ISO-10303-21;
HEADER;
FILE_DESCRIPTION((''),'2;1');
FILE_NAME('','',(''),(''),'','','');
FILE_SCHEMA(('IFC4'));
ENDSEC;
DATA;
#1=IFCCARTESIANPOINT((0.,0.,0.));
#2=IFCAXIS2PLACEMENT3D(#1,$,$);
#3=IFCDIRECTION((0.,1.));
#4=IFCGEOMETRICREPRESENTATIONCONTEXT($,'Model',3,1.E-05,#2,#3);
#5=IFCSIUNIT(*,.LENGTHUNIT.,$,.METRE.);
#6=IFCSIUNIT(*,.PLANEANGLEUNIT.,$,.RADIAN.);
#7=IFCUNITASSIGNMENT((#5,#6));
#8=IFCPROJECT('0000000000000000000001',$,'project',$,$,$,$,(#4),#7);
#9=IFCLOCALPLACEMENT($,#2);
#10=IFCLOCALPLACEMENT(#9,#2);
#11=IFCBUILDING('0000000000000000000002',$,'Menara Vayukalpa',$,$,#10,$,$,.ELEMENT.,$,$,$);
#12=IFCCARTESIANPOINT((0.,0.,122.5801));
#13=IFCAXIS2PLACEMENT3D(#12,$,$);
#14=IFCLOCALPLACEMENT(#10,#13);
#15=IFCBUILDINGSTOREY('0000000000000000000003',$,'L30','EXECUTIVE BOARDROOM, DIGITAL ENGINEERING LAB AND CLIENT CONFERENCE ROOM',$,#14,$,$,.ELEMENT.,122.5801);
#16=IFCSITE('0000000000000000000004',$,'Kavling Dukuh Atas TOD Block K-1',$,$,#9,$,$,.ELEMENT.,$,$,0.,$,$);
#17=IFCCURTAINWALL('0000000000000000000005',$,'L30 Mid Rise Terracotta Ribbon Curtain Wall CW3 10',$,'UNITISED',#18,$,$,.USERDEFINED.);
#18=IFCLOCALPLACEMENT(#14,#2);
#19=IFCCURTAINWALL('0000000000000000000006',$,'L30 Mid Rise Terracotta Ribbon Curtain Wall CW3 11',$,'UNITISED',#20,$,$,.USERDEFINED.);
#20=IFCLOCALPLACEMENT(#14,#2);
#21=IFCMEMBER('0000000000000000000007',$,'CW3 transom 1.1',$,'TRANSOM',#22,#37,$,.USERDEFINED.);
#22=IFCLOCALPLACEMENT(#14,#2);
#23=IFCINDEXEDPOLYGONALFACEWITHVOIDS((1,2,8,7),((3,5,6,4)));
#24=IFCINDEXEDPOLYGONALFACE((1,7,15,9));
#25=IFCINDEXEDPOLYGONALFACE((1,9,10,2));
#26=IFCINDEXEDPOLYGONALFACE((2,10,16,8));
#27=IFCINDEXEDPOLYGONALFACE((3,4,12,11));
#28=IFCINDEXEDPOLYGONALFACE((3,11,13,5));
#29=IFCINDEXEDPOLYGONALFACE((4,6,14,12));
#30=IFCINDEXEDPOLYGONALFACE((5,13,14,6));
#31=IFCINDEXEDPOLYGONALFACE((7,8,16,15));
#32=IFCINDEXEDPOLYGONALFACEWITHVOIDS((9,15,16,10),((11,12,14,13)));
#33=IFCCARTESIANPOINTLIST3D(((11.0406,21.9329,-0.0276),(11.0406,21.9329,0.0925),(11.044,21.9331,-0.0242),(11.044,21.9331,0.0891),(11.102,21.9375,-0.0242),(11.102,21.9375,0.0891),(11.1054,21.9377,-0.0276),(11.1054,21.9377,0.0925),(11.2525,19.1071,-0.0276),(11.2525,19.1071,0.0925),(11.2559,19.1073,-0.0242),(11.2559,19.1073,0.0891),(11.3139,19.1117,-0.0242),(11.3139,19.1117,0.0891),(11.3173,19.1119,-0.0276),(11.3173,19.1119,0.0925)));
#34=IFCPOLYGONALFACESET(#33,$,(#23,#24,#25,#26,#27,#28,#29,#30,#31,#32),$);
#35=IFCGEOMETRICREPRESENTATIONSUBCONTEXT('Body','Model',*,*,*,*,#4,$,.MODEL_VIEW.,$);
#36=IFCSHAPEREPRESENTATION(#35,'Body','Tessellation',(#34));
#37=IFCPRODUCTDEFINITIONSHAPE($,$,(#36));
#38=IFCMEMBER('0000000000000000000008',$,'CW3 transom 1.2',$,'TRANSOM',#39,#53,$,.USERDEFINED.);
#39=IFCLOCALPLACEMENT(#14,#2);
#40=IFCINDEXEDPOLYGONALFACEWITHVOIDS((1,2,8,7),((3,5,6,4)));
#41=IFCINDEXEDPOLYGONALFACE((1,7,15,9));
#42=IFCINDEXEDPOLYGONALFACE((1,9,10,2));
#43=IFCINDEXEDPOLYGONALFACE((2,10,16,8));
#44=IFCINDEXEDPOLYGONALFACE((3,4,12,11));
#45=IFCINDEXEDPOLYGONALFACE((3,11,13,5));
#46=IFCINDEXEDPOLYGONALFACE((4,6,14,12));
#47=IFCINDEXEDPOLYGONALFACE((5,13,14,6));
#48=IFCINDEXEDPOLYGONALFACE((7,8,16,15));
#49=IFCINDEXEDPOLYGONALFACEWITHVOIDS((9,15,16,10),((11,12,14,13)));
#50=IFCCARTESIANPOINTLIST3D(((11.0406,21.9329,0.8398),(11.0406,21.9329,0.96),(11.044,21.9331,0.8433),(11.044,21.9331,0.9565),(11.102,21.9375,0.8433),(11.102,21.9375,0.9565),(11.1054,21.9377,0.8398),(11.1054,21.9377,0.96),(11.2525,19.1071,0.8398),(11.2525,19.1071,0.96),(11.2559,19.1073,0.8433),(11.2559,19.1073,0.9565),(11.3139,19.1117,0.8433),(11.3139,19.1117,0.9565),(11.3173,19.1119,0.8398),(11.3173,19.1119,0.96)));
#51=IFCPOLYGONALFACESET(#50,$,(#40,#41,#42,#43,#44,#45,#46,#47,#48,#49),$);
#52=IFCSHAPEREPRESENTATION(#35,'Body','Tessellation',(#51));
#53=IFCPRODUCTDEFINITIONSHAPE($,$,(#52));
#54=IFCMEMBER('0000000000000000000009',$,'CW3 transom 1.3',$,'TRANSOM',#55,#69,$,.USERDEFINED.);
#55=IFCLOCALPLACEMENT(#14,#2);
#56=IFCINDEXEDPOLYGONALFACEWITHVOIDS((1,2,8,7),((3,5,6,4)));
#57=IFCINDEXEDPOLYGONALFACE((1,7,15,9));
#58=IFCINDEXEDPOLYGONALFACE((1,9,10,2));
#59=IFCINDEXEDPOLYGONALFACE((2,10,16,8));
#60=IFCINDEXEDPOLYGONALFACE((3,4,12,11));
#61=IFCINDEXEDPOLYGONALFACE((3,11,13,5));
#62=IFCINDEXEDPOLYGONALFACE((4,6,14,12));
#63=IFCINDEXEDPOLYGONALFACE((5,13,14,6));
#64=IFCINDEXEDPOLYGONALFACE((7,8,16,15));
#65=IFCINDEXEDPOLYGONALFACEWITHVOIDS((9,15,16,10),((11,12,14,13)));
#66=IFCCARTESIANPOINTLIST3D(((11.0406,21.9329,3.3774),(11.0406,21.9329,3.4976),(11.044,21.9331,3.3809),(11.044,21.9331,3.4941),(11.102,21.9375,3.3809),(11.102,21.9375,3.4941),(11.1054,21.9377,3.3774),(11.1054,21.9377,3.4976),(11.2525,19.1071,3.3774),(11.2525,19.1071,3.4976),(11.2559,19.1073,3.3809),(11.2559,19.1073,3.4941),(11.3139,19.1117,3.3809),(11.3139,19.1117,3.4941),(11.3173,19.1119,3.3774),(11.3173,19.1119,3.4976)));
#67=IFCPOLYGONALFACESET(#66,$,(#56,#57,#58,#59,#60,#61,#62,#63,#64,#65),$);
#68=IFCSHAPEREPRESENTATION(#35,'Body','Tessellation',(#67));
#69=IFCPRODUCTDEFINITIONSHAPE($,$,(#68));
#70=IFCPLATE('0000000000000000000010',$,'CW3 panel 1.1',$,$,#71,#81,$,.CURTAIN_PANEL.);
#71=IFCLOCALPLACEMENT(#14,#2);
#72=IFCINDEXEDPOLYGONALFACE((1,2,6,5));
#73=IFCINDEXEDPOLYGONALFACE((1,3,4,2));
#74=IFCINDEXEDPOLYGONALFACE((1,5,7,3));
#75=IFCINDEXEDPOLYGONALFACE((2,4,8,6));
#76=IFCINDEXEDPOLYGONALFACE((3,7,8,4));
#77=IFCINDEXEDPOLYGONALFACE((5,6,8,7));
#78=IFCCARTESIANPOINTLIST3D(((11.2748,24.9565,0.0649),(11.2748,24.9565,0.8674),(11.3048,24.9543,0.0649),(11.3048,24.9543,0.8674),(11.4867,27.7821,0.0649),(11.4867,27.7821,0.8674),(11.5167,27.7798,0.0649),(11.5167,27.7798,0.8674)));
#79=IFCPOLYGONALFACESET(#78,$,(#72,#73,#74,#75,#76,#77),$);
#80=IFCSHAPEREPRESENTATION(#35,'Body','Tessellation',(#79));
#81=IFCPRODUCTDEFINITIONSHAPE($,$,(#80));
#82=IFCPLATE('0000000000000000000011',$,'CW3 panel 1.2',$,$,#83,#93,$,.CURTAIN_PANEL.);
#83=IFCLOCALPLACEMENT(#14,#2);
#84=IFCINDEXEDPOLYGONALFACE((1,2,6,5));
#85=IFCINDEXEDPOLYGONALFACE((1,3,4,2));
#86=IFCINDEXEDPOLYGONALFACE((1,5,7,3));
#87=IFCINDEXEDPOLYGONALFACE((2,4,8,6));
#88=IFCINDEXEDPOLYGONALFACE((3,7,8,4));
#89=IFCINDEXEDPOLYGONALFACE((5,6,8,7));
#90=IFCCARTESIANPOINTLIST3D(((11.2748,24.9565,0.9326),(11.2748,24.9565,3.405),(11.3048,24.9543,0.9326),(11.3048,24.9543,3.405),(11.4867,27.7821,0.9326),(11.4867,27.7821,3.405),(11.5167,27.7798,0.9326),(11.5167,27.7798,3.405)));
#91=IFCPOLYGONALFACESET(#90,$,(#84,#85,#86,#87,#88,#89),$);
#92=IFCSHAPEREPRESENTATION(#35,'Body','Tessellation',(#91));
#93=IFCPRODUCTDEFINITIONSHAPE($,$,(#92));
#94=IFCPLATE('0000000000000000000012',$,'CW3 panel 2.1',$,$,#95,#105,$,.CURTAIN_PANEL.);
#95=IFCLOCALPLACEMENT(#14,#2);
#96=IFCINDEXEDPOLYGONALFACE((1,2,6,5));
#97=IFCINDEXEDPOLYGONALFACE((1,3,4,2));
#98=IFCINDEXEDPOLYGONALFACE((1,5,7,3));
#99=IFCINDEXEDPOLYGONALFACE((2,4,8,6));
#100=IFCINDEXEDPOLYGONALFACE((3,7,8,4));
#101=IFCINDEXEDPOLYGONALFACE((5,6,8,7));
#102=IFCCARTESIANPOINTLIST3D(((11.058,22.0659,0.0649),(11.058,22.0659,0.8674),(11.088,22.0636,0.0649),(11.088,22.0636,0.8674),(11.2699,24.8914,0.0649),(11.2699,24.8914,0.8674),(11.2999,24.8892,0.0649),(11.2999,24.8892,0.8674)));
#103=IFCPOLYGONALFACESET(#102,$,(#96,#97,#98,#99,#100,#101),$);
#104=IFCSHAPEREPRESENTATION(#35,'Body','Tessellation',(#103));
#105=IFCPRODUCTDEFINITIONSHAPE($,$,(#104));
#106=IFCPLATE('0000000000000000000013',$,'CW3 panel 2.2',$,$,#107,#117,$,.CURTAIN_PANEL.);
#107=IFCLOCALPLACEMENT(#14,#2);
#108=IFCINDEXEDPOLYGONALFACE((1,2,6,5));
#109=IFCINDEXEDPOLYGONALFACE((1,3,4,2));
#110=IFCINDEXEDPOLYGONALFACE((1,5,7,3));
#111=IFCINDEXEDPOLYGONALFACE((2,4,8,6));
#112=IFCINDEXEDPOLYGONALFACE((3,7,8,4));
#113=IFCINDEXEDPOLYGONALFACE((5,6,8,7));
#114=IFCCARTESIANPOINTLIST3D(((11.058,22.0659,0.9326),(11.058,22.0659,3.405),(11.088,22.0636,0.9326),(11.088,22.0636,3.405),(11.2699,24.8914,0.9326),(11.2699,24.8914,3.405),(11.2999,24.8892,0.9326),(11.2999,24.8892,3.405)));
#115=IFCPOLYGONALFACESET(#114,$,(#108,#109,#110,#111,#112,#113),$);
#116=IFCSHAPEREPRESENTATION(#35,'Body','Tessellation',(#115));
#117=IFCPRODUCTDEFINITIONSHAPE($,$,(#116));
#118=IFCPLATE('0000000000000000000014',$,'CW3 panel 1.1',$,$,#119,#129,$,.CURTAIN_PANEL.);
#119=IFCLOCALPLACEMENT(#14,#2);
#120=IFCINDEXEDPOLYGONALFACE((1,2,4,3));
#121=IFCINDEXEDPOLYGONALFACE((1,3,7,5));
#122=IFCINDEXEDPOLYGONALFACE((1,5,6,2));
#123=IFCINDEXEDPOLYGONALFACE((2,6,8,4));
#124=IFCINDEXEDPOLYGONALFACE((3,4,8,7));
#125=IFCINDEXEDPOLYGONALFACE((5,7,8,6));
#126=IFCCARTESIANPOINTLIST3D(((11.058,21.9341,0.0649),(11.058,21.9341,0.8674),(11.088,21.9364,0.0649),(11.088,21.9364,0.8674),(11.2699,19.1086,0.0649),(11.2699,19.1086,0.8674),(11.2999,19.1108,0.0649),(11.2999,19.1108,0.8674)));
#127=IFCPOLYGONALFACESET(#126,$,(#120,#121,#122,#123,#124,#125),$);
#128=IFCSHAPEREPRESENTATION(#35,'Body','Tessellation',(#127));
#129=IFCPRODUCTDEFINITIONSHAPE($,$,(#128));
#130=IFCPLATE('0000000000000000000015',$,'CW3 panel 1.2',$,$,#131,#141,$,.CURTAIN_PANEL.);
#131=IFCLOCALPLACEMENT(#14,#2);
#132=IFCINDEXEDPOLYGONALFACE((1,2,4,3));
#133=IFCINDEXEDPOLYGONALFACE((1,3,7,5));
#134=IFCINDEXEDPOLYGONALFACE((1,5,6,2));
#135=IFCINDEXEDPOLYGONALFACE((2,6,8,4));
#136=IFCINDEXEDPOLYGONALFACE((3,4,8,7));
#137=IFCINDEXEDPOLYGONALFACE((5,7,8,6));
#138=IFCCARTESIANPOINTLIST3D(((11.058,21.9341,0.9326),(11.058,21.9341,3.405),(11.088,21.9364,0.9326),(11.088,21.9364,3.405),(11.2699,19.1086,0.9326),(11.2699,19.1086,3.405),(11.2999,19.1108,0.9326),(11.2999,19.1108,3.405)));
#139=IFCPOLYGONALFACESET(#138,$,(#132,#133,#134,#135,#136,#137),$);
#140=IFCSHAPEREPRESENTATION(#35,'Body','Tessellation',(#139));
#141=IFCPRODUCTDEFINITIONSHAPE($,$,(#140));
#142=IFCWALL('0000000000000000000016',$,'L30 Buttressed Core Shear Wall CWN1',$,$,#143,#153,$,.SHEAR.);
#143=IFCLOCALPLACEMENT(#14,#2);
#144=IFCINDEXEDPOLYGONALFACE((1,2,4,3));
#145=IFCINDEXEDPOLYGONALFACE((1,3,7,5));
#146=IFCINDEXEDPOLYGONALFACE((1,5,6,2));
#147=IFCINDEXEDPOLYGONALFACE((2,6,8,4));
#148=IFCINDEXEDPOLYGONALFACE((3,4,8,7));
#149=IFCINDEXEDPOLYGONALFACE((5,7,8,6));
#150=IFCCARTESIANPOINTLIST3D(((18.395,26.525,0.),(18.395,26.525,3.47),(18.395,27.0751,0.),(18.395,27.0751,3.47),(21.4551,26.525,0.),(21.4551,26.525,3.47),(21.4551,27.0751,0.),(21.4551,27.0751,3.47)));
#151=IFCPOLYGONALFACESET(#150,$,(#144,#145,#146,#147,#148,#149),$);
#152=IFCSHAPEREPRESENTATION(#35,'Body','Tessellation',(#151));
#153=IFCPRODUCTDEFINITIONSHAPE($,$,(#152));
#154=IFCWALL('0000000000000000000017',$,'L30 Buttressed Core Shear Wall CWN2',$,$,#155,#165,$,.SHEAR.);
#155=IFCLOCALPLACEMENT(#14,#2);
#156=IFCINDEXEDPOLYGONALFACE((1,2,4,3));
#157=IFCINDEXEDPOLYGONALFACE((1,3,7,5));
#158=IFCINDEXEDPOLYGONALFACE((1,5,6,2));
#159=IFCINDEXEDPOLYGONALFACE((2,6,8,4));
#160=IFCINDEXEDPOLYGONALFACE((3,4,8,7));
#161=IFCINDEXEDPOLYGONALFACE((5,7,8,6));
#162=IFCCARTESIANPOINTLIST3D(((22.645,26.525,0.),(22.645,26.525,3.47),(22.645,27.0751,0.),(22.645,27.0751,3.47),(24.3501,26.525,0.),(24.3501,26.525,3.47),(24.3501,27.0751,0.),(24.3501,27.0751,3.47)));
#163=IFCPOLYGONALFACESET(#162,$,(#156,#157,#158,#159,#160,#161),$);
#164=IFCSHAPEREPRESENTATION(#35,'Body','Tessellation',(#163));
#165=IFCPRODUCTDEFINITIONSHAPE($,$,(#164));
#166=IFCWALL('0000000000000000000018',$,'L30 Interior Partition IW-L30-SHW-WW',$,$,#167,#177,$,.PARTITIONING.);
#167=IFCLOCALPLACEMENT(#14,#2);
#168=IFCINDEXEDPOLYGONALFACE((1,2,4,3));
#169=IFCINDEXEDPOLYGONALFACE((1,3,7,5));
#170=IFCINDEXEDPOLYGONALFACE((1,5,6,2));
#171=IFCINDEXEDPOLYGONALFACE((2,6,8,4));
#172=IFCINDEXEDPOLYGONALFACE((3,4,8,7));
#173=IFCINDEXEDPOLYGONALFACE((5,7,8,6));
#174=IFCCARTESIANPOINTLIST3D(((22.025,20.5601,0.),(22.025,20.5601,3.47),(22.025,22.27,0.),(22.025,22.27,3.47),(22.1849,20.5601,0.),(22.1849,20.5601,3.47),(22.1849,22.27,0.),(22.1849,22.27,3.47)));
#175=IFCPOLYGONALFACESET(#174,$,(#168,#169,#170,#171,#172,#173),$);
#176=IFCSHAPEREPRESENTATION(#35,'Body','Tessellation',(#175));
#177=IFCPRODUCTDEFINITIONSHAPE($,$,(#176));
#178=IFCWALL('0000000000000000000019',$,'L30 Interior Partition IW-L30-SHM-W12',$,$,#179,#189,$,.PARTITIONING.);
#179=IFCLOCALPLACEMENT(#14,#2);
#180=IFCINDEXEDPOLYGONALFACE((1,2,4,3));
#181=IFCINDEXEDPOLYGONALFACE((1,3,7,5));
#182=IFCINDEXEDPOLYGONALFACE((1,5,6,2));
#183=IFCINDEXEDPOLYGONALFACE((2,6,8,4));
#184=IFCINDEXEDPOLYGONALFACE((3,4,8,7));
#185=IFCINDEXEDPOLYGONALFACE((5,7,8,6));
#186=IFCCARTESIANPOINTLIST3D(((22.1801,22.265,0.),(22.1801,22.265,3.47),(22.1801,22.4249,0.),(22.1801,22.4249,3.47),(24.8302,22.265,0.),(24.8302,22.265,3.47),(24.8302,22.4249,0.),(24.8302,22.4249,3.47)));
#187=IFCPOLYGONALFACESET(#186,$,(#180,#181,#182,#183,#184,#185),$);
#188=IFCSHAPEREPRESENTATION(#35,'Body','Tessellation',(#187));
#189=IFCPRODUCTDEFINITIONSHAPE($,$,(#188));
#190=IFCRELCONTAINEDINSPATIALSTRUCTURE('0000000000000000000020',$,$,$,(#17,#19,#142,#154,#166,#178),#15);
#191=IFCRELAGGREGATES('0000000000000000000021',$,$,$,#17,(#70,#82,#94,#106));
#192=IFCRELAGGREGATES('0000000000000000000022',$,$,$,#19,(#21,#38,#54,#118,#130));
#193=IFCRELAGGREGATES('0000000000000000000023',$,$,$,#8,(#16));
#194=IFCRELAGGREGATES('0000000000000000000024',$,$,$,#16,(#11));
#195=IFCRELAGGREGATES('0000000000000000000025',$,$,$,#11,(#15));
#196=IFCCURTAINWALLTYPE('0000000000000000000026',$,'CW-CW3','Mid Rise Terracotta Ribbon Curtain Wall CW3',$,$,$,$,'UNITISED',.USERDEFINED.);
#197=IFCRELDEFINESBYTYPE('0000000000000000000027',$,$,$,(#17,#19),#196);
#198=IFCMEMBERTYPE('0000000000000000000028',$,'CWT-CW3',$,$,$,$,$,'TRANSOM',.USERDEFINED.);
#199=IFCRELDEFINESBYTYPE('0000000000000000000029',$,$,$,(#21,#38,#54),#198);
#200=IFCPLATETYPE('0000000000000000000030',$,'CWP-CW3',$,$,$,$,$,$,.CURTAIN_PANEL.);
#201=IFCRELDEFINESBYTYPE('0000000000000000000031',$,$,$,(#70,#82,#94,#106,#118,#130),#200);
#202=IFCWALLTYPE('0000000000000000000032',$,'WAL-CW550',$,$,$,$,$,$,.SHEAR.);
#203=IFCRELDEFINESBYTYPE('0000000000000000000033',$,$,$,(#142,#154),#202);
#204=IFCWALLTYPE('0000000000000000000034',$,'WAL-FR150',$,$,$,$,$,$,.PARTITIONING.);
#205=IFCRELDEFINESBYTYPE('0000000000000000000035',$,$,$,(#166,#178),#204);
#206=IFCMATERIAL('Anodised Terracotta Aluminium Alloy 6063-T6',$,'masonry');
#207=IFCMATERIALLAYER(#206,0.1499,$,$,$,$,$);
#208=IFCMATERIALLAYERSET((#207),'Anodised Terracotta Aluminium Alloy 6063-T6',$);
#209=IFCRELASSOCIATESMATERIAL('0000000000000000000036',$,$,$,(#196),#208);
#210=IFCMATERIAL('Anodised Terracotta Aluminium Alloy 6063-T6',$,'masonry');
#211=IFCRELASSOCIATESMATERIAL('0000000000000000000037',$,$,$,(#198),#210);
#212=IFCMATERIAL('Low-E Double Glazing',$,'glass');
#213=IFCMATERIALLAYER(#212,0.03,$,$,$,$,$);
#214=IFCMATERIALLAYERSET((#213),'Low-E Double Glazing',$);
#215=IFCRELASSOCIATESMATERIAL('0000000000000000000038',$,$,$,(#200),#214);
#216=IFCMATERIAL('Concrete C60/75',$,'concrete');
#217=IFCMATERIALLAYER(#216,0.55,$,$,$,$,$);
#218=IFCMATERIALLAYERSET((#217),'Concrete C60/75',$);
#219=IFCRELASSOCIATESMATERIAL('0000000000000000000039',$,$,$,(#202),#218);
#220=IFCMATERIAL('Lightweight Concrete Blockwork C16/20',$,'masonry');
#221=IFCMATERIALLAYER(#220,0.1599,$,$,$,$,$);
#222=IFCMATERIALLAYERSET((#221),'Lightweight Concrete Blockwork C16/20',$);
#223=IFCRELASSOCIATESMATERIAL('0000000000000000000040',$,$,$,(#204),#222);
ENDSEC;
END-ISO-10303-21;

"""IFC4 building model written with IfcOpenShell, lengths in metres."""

from ifc_helpers import new_model, si_unit, direction, frame, frame_2d, origin, origin_2d, place, context, subcontext, project, spatial, rectangle, hollow_rectangle, extrude, material, layer, layer_set, material_profile, profile_set, type_object, element, aggregate, save


model = new_model("IFC4")

# Units and contexts
model_context = context("Model", 3, precision=1e-05, world=origin(), true_north=direction((0.0, 1.0)))
body_context = subcontext(model_context, "Body", "Model", "MODEL_VIEW")
ifc_project = project(units=[si_unit("LENGTHUNIT", "METRE"), si_unit("PLANEANGLEUNIT", "RADIAN")], contexts=[model_context])

# Site, building, storey
site_placement = place(None, origin())
site = spatial("IfcSite", under=ifc_project, at=site_placement, Name="Kavling Dukuh Atas TOD Block K-1", CompositionType="ELEMENT", RefElevation=0.0)
building_placement = place(site_placement, origin())
building = spatial("IfcBuilding", under=site, at=building_placement, Name="Menara Vayukalpa", CompositionType="ELEMENT")
storey_placement = place(building_placement, frame((0.0, 0.0, 122.5801)))
storey = spatial("IfcBuildingStorey", under=building, at=storey_placement, Name="L30", Description="EXECUTIVE BOARDROOM, DIGITAL ENGINEERING LAB AND CLIENT CONFERENCE ROOM", CompositionType="ELEMENT", Elevation=122.5801)

# Curtain wall
ifc_material_1 = material(Name="Anodised Terracotta Aluminium Alloy 6063-T6", Category="masonry")
ifc_layer_1 = layer(ifc_material_1, 0.1499)
ifc_layer_set_1 = layer_set([ifc_layer_1], Name="Anodised Terracotta Aluminium Alloy 6063-T6")
curtain_wall_type = type_object("IfcCurtainWallType", Name="CW-CW3", Description="Mid Rise Terracotta Ribbon Curtain Wall CW3", ElementType="UNITISED", PredefinedType="USERDEFINED", material=ifc_layer_set_1)
curtain_wall_1_placement = place(storey_placement, origin())
curtain_wall_1 = element("IfcCurtainWall", 1, at=curtain_wall_1_placement, inside=storey, type_object=curtain_wall_type, Name="L30 Mid Rise Terracotta Ribbon Curtain Wall CW3 10", ObjectType="UNITISED", PredefinedType="USERDEFINED")

# Curtain wall
curtain_wall_2_placement = place(storey_placement, origin())
curtain_wall_2 = element("IfcCurtainWall", 2, at=curtain_wall_2_placement, inside=storey, type_object=curtain_wall_type, Name="L30 Mid Rise Terracotta Ribbon Curtain Wall CW3 11", ObjectType="UNITISED", PredefinedType="USERDEFINED")

# Members
ifc_material_2 = material(Name="Anodised Terracotta Aluminium Alloy 6063-T6", Category="masonry")
ifc_material_profile_1 = material_profile(ifc_material_2, hollow_rectangle(XDim=0.0649, YDim=0.1201, WallThickness=0.0034, at=origin_2d()), Name="ALU 65x120x3.5")
ifc_profile_set_1 = profile_set([ifc_material_profile_1], Name="Anodised Terracotta Aluminium Alloy 6063-T6")
member_type_1 = type_object("IfcMemberType", Name="CWT-CW3", ElementType="TRANSOM", PredefinedType="USERDEFINED", material=ifc_profile_set_1)
member_1_placement = place(storey_placement, frame((11.073, 21.9353, 0.0325), z_axis=(0.074786, -0.9972, 0.0), x_axis=(0.9972, 0.074786, 0.0)))
member_1 = element("IfcMember", 3, at=member_1_placement, type_object=member_type_1, Name="CW3 transom 1.1", ObjectType="TRANSOM", PredefinedType="USERDEFINED", context=body_context, shape_type="SweptSolid", body=[
    extrude(hollow_rectangle(XDim=0.0649, YDim=0.1201, WallThickness=0.0034, at=origin_2d()), origin(), (0.0, 0.0, 1.0), 2.8337),
])
member_2_placement = place(storey_placement, frame((11.073, 21.9353, 0.8999), z_axis=(0.074786, -0.9972, 0.0), x_axis=(0.9972, 0.074786, 0.0)))
member_2 = element("IfcMember", 4, at=member_2_placement, type_object=member_type_1, Name="CW3 transom 1.2", ObjectType="TRANSOM", PredefinedType="USERDEFINED", context=body_context, shape_type="SweptSolid", body=[
    extrude(hollow_rectangle(XDim=0.0649, YDim=0.1201, WallThickness=0.0034, at=origin_2d()), origin(), (0.0, 0.0, 1.0), 2.8337),
])
member_3_placement = place(storey_placement, frame((11.073, 21.9353, 3.4375), z_axis=(0.074786, -0.9972, 0.0), x_axis=(0.9972, 0.074786, 0.0)))
member_3 = element("IfcMember", 5, at=member_3_placement, type_object=member_type_1, Name="CW3 transom 1.3", ObjectType="TRANSOM", PredefinedType="USERDEFINED", context=body_context, shape_type="SweptSolid", body=[
    extrude(hollow_rectangle(XDim=0.0649, YDim=0.1201, WallThickness=0.0034, at=origin_2d()), origin(), (0.0, 0.0, 1.0), 2.8337),
])

# Plates
ifc_material_3 = material(Name="Low-E Double Glazing", Category="glass")
ifc_layer_2 = layer(ifc_material_3, 0.03)
ifc_layer_set_2 = layer_set([ifc_layer_2], Name="Low-E Double Glazing")
plate_type = type_object("IfcPlateType", Name="CWP-CW3", PredefinedType="CURTAIN_PANEL", material=ifc_layer_set_2)
plate_1_placement = place(storey_placement, frame((11.3958, 26.3682, 0.0649), z_axis=(0.0, 0.0, 1.0), x_axis=(-0.074785, -0.9972, 0.0)))
plate_1 = element("IfcPlate", 6, at=plate_1_placement, type_object=plate_type, Name="CW3 panel 1.1", PredefinedType="CURTAIN_PANEL", context=body_context, shape_type="SweptSolid", body=[
    extrude(rectangle(XDim=2.8335, YDim=0.03, at=origin_2d()), origin(), (0.0, 0.0, 1.0), 0.8025),
])
plate_2_placement = place(storey_placement, frame((11.3958, 26.3682, 0.9326), z_axis=(0.0, 0.0, 1.0), x_axis=(-0.074785, -0.9972, 0.0)))
plate_2 = element("IfcPlate", 7, at=plate_2_placement, type_object=plate_type, Name="CW3 panel 1.2", PredefinedType="CURTAIN_PANEL", context=body_context, shape_type="SweptSolid", body=[
    extrude(rectangle(XDim=2.8335, YDim=0.03, at=origin_2d()), origin(), (0.0, 0.0, 1.0), 2.4724),
])
plate_3_placement = place(storey_placement, frame((11.179, 23.4775, 0.0649), z_axis=(0.0, 0.0, 1.0), x_axis=(-0.074785, -0.9972, 0.0)))
plate_3 = element("IfcPlate", 8, at=plate_3_placement, type_object=plate_type, Name="CW3 panel 2.1", PredefinedType="CURTAIN_PANEL", context=body_context, shape_type="SweptSolid", body=[
    extrude(rectangle(XDim=2.8335, YDim=0.03, at=origin_2d()), origin(), (0.0, 0.0, 1.0), 0.8025),
])
plate_4_placement = place(storey_placement, frame((11.179, 23.4775, 0.9326), z_axis=(0.0, 0.0, 1.0), x_axis=(-0.074785, -0.9972, 0.0)))
plate_4 = element("IfcPlate", 9, at=plate_4_placement, type_object=plate_type, Name="CW3 panel 2.2", PredefinedType="CURTAIN_PANEL", context=body_context, shape_type="SweptSolid", body=[
    extrude(rectangle(XDim=2.8335, YDim=0.03, at=origin_2d()), origin(), (0.0, 0.0, 1.0), 2.4724),
])
aggregate(curtain_wall_1, [plate_1, plate_2, plate_3, plate_4])
plate_5_placement = place(storey_placement, frame((11.179, 20.5225, 0.0649), z_axis=(0.0, 0.0, 1.0), x_axis=(0.074785, -0.9972, 0.0)))
plate_5 = element("IfcPlate", 10, at=plate_5_placement, type_object=plate_type, Name="CW3 panel 1.1", PredefinedType="CURTAIN_PANEL", context=body_context, shape_type="SweptSolid", body=[
    extrude(rectangle(XDim=2.8335, YDim=0.03, at=origin_2d()), origin(), (0.0, 0.0, 1.0), 0.8025),
])
plate_6_placement = place(storey_placement, frame((11.179, 20.5225, 0.9326), z_axis=(0.0, 0.0, 1.0), x_axis=(0.074785, -0.9972, 0.0)))
plate_6 = element("IfcPlate", 11, at=plate_6_placement, type_object=plate_type, Name="CW3 panel 1.2", PredefinedType="CURTAIN_PANEL", context=body_context, shape_type="SweptSolid", body=[
    extrude(rectangle(XDim=2.8335, YDim=0.03, at=origin_2d()), origin(), (0.0, 0.0, 1.0), 2.4724),
])
aggregate(curtain_wall_2, [member_1, member_2, member_3, plate_5, plate_6])

# Walls
ifc_material_4 = material(Name="Concrete C60/75", Category="concrete")
ifc_layer_3 = layer(ifc_material_4, 0.55)
ifc_layer_set_3 = layer_set([ifc_layer_3], Name="Concrete C60/75")
wall_type_1 = type_object("IfcWallType", Name="WAL-CW550", PredefinedType="SHEAR", material=ifc_layer_set_3)
wall_1_placement = place(storey_placement, frame((18.395, 26.8, 0.0), z_axis=(0.0, 0.0, 1.0), x_axis=(1.0, 0.0, 0.0)))
element("IfcWall", 12, at=wall_1_placement, inside=storey, type_object=wall_type_1, Name="L30 Buttressed Core Shear Wall CWN1", PredefinedType="SHEAR", context=body_context, shape_type="SweptSolid", body=[
    extrude(rectangle(XDim=3.0601, YDim=0.55, at=frame_2d((1.53, 0.0))), origin(), (0.0, 0.0, 1.0), 3.47),
])
wall_2_placement = place(storey_placement, frame((22.645, 26.8, 0.0), z_axis=(0.0, 0.0, 1.0), x_axis=(1.0, 0.0, 0.0)))
element("IfcWall", 13, at=wall_2_placement, inside=storey, type_object=wall_type_1, Name="L30 Buttressed Core Shear Wall CWN2", PredefinedType="SHEAR", context=body_context, shape_type="SweptSolid", body=[
    extrude(rectangle(XDim=1.7051, YDim=0.55, at=frame_2d((0.8525, 0.0))), origin(), (0.0, 0.0, 1.0), 3.47),
])
ifc_material_5 = material(Name="Lightweight Concrete Blockwork C16/20", Category="masonry")
ifc_layer_4 = layer(ifc_material_5, 0.1599)
ifc_layer_set_4 = layer_set([ifc_layer_4], Name="Lightweight Concrete Blockwork C16/20")
wall_type_2 = type_object("IfcWallType", Name="WAL-FR150", PredefinedType="PARTITIONING", material=ifc_layer_set_4)
wall_3_placement = place(storey_placement, frame((22.105, 20.5601, 0.0), z_axis=(0.0, 0.0, 1.0), x_axis=(0.0, 1.0, 0.0)))
element("IfcWall", 14, at=wall_3_placement, inside=storey, type_object=wall_type_2, Name="L30 Interior Partition IW-L30-SHW-WW", PredefinedType="PARTITIONING", context=body_context, shape_type="SweptSolid", body=[
    extrude(rectangle(XDim=1.71, YDim=0.1599, at=frame_2d((0.855, 0.0))), origin(), (0.0, 0.0, 1.0), 3.47),
])
wall_4_placement = place(storey_placement, frame((22.1799, 22.345, 0.0), z_axis=(0.0, 0.0, 1.0), x_axis=(1.0, 0.0, 0.0)))
element("IfcWall", 15, at=wall_4_placement, inside=storey, type_object=wall_type_2, Name="L30 Interior Partition IW-L30-SHM-W12", PredefinedType="PARTITIONING", context=body_context, shape_type="SweptSolid", body=[
    extrude(rectangle(XDim=2.6501, YDim=0.1599, at=frame_2d((1.3252, 0.0))), origin(), (0.0, 0.0, 1.0), 3.47),
])

save(model, "model.ifc")
